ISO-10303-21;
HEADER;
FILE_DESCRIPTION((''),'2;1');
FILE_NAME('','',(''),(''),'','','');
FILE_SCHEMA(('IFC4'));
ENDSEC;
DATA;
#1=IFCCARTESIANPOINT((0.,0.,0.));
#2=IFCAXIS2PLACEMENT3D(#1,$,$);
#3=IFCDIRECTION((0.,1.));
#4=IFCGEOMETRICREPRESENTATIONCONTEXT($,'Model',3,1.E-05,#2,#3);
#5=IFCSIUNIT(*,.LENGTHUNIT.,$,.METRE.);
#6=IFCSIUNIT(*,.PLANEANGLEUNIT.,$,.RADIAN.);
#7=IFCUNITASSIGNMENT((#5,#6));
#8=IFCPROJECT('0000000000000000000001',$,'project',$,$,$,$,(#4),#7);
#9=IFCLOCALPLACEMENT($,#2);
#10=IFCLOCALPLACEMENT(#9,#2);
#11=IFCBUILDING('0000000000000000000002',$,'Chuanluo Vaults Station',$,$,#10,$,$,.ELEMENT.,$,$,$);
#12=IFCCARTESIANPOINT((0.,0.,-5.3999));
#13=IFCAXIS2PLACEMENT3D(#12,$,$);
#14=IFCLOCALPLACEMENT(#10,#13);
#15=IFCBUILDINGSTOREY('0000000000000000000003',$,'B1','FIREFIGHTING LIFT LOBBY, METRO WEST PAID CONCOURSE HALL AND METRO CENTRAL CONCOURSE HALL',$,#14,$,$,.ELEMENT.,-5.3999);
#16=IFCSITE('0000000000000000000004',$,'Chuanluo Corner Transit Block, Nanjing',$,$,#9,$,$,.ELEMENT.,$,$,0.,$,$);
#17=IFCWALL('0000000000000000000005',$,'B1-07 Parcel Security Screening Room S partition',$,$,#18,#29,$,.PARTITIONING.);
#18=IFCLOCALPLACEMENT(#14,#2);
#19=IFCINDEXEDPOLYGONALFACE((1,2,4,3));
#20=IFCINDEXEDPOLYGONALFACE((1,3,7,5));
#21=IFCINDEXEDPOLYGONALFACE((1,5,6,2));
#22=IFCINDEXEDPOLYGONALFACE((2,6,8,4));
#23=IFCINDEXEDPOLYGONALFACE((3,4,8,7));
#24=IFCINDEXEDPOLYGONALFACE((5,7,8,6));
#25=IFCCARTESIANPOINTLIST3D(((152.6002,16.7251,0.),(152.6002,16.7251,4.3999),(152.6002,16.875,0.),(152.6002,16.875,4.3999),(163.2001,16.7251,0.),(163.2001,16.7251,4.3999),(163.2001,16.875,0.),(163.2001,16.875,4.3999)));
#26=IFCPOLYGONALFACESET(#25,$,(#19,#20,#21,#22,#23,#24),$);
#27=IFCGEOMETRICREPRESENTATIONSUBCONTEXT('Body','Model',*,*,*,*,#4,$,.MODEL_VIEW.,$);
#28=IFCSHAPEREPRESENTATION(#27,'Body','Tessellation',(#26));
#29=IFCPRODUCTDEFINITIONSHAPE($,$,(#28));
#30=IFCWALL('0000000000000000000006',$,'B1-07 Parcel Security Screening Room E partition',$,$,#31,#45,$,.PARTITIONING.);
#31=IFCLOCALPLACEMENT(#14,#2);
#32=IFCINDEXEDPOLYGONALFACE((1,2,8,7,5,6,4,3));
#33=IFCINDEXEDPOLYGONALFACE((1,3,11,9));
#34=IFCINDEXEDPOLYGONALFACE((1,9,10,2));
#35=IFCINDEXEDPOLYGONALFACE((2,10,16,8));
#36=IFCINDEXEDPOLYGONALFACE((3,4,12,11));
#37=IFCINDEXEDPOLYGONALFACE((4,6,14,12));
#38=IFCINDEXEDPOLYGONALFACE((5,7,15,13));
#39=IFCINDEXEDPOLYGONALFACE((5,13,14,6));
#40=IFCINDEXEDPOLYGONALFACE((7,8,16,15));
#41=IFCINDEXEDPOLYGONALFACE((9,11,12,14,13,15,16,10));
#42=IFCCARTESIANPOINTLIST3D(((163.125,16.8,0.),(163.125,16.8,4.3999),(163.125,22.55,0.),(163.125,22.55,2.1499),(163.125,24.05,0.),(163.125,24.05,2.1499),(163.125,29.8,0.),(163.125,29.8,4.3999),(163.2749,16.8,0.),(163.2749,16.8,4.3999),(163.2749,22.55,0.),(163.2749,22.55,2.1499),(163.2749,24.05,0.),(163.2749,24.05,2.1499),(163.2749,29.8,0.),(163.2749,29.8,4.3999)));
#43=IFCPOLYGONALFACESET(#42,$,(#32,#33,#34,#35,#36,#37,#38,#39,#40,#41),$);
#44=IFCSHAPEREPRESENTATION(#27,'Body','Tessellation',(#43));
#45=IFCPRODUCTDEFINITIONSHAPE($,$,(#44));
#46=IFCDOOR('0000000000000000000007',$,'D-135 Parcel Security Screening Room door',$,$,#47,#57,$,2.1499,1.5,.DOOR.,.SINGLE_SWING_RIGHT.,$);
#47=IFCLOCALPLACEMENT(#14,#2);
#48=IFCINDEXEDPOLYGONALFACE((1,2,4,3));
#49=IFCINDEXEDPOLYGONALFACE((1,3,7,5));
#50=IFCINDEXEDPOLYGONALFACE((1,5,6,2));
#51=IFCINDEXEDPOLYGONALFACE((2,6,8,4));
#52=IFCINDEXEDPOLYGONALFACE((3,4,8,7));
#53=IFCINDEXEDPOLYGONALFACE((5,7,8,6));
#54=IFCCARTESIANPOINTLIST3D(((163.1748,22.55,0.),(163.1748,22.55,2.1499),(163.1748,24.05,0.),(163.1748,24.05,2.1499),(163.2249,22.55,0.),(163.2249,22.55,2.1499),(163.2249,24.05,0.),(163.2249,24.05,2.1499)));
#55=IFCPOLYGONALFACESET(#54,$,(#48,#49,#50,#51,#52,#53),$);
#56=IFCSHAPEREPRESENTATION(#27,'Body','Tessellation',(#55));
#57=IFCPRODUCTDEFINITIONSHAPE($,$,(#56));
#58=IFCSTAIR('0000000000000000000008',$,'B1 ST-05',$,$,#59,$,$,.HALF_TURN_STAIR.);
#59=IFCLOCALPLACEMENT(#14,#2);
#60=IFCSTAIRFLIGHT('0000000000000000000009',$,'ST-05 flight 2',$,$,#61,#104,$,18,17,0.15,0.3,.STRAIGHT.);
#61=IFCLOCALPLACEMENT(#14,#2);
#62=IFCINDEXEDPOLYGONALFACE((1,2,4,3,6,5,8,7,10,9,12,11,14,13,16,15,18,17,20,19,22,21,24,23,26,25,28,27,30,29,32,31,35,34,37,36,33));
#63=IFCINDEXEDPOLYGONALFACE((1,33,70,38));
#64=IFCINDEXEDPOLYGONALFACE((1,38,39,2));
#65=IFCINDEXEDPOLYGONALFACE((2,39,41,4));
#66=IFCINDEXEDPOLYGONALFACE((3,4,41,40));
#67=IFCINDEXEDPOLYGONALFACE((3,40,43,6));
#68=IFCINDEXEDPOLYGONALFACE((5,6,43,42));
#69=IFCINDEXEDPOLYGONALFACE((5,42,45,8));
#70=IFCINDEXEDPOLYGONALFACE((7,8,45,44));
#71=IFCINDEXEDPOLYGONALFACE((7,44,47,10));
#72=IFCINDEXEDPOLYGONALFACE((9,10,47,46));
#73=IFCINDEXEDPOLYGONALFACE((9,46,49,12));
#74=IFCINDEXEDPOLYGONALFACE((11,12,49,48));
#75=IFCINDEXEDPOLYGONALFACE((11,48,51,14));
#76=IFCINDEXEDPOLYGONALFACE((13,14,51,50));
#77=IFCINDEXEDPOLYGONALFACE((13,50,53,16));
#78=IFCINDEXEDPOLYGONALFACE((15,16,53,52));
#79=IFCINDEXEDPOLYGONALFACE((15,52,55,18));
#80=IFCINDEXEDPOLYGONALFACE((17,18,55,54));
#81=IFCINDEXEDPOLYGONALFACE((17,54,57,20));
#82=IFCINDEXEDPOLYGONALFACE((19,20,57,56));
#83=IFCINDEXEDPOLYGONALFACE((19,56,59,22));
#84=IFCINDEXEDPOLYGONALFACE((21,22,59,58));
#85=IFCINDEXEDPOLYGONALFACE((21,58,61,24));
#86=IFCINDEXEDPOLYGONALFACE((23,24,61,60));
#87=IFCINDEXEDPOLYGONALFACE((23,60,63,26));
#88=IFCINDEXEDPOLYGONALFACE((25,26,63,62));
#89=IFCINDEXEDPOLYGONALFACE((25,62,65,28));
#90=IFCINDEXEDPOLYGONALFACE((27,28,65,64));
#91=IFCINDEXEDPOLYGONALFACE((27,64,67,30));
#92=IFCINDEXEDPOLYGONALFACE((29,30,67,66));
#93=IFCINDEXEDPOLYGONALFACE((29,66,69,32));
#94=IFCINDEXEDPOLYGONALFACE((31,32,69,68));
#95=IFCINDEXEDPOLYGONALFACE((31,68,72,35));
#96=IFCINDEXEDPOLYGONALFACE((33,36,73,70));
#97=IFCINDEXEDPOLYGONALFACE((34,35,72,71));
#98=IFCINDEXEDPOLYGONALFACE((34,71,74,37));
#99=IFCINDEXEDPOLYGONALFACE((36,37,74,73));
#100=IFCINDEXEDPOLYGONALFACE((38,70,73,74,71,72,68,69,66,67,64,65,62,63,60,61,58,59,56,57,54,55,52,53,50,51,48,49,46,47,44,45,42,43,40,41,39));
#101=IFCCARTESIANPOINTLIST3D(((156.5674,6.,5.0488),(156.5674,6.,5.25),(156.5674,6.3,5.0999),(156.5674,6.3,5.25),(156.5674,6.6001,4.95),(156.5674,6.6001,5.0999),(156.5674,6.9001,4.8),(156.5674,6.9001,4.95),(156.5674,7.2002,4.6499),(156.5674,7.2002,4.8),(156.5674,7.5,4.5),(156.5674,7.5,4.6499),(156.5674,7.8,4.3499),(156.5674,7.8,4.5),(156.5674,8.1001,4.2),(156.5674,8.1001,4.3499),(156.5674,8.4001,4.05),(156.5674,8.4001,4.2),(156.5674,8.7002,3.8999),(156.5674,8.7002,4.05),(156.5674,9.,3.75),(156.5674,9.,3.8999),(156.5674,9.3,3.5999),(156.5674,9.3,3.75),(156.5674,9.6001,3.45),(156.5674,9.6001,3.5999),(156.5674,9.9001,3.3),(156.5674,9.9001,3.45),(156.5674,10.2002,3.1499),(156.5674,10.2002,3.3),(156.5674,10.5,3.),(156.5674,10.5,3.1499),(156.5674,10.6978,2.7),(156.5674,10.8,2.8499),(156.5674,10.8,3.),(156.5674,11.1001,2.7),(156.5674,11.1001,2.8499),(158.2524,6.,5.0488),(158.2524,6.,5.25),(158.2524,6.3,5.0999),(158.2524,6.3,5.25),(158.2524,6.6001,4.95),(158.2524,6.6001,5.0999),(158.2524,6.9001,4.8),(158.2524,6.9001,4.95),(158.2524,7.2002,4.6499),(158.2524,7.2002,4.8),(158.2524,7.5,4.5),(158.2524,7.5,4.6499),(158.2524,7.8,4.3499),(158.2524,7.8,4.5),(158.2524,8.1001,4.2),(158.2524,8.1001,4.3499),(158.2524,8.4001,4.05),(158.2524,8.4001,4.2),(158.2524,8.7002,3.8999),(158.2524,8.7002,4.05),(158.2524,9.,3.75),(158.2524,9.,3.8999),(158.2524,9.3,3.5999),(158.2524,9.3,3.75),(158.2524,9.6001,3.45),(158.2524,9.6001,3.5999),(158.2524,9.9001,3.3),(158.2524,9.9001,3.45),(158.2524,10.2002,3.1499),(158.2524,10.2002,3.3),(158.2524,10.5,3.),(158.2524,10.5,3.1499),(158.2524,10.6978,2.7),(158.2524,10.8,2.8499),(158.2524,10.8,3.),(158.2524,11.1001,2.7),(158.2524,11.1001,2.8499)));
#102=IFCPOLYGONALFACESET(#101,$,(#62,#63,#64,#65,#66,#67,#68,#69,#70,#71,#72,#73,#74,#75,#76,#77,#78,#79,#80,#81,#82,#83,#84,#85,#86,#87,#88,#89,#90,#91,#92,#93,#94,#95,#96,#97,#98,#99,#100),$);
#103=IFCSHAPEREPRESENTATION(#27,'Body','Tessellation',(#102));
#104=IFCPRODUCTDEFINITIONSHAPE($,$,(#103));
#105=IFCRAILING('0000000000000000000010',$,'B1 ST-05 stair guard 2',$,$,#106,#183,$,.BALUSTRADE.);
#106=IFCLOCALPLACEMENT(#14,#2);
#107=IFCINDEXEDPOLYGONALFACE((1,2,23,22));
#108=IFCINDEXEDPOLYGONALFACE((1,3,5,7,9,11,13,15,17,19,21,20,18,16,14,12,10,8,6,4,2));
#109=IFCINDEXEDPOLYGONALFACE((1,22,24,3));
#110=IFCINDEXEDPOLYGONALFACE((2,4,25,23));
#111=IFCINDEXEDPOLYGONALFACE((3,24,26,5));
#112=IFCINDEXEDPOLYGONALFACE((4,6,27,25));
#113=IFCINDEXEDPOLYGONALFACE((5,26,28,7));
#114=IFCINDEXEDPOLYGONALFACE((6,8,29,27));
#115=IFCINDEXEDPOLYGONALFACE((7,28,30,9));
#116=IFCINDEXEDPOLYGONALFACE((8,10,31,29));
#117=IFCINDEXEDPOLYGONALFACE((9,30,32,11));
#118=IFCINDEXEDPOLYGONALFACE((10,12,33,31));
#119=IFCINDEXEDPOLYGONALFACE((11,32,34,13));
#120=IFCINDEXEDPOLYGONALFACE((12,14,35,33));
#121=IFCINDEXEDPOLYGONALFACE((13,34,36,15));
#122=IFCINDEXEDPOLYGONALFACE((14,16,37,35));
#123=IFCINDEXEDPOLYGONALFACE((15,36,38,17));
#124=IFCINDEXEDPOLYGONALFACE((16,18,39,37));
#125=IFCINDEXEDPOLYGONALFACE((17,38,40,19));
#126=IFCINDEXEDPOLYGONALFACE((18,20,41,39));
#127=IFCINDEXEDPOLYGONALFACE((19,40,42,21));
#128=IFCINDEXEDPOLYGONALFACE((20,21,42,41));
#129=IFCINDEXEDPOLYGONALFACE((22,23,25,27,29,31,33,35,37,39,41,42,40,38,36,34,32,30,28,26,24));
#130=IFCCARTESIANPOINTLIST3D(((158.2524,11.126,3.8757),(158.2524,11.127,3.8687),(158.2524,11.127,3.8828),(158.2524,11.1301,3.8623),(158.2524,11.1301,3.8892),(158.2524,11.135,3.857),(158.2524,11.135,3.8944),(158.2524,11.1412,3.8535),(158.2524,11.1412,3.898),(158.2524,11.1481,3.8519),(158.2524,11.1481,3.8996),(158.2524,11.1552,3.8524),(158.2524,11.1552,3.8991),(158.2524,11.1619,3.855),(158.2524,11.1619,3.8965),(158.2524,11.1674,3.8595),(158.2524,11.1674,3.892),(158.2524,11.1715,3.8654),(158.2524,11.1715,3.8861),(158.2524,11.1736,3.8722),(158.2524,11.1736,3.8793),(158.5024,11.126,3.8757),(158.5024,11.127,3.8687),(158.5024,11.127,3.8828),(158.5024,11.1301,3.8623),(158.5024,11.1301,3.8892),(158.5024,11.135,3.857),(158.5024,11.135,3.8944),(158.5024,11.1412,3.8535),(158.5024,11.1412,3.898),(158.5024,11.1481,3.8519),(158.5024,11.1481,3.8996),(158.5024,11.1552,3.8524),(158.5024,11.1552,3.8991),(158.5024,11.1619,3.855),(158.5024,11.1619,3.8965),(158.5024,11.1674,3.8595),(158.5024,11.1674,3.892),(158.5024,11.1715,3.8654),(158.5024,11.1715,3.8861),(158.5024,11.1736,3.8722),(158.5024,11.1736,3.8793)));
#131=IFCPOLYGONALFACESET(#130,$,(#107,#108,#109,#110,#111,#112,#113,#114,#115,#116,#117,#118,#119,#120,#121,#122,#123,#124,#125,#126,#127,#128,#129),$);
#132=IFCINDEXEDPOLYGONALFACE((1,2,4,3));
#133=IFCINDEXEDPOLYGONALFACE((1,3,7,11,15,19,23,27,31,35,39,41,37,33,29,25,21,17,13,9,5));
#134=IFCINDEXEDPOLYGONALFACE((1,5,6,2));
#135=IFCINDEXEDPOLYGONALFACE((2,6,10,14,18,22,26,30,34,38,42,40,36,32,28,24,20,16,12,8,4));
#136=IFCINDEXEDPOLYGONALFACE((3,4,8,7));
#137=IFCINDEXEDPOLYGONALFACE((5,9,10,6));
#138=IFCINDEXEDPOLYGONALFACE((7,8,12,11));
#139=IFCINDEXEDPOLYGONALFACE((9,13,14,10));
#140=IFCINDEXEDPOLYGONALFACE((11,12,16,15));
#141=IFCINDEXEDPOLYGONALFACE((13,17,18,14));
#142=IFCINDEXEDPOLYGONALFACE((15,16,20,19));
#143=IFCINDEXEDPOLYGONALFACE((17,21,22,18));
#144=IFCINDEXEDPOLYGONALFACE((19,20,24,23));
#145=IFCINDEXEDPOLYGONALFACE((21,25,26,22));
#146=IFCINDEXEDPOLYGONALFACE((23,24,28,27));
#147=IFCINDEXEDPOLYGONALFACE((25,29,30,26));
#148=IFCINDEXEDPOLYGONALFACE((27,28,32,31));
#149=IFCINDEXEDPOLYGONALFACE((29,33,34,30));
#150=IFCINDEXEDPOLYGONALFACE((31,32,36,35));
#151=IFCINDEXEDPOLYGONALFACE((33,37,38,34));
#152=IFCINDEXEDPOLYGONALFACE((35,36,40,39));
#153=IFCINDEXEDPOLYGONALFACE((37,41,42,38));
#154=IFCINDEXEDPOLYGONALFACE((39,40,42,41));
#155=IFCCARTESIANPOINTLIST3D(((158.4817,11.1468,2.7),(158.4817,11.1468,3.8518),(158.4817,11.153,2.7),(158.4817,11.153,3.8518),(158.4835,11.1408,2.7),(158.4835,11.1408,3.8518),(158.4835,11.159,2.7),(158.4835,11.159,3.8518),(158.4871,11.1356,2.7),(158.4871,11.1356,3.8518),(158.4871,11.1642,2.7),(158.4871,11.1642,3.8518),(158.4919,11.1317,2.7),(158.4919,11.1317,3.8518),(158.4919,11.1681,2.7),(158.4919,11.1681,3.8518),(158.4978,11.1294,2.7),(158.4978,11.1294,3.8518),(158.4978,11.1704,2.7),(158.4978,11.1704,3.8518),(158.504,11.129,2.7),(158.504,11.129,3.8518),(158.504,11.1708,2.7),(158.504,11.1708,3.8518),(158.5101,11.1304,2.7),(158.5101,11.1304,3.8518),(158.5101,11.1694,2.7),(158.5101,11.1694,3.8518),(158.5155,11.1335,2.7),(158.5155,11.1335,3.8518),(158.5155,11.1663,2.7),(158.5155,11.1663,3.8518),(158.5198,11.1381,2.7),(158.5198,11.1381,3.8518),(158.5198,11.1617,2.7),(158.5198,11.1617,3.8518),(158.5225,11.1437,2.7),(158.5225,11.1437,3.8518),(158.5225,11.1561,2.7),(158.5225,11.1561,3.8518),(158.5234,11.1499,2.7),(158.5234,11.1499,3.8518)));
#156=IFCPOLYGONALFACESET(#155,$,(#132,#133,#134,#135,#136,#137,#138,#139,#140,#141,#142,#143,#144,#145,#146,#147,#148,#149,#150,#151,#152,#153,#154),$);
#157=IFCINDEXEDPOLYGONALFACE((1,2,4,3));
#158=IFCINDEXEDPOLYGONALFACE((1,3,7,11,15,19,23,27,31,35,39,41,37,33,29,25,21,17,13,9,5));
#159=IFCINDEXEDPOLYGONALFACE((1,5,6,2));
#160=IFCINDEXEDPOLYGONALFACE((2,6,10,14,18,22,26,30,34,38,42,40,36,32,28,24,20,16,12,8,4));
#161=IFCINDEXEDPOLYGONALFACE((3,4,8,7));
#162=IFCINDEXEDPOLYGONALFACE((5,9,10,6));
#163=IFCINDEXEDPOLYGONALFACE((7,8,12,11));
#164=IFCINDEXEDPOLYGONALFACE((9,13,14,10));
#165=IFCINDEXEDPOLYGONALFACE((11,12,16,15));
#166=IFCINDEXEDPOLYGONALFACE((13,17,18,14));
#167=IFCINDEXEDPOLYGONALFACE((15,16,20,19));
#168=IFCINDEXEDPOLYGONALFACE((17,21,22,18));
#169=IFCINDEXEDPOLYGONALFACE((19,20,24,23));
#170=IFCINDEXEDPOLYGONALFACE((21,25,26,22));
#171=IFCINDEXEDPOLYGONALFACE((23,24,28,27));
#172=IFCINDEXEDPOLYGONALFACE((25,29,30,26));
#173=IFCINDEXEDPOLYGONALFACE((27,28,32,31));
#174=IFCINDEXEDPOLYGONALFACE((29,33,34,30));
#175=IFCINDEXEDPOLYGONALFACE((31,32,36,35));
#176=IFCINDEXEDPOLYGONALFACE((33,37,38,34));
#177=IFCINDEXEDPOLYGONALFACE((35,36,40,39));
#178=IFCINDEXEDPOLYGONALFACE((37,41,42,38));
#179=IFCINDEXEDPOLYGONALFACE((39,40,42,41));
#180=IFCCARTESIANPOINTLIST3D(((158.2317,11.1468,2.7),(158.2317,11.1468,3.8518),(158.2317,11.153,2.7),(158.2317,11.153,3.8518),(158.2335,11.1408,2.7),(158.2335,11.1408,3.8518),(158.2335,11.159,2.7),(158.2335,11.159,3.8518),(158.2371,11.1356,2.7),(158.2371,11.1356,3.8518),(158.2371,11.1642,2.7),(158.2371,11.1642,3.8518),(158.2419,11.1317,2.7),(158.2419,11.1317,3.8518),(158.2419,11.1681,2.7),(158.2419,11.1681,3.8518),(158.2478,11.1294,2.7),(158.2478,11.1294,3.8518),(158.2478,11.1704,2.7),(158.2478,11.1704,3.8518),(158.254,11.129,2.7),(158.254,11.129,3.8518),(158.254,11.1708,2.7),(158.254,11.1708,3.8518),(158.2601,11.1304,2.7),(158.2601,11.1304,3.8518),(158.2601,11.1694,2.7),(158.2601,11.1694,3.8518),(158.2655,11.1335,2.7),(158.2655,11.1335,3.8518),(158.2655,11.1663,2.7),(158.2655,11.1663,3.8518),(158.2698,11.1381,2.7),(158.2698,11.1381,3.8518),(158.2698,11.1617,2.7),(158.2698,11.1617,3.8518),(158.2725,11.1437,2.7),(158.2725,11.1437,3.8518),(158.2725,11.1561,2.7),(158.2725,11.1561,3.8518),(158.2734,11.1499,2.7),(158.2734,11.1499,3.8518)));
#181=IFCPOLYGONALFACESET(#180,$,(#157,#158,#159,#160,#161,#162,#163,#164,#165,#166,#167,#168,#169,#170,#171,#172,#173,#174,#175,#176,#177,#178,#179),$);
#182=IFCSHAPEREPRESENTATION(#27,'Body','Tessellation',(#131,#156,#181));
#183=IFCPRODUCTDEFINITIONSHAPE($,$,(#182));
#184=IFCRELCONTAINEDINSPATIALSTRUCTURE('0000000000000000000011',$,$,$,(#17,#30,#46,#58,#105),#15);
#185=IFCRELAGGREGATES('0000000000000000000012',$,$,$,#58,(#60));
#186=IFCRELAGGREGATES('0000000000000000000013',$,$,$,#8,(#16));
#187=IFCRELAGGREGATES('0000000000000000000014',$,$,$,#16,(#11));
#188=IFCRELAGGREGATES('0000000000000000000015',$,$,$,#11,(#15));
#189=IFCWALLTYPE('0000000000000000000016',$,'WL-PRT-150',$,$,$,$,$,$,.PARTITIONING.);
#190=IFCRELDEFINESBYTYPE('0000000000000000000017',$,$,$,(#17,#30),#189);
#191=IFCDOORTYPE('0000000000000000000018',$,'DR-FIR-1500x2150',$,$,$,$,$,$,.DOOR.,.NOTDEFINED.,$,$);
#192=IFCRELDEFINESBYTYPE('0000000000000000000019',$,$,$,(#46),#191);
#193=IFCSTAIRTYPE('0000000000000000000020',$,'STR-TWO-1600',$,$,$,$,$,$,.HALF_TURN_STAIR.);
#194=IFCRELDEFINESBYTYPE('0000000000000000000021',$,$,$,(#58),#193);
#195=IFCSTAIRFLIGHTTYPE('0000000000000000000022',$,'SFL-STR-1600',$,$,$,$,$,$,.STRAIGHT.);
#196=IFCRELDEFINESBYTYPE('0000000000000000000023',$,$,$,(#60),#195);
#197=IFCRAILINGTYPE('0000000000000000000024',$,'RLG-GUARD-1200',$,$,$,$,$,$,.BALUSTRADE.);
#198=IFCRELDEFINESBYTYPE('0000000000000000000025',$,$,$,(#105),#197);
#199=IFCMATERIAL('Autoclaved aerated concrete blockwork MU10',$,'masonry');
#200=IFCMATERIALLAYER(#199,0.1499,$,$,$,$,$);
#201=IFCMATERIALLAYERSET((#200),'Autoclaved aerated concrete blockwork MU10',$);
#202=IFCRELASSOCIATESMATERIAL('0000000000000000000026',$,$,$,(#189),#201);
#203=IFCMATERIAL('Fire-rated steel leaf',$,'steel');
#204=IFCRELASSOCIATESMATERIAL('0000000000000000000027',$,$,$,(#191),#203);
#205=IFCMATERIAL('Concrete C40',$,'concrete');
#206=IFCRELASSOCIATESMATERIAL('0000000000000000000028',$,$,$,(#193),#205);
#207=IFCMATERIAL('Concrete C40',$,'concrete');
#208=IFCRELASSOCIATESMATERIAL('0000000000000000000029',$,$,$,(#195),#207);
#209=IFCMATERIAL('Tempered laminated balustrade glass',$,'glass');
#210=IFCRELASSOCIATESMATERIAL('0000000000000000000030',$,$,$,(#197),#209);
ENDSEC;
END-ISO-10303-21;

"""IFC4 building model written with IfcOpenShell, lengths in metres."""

from ifc_helpers import new_model, si_unit, direction, frame, frame_2d, origin, origin_2d, place, context, subcontext, project, spatial, polyline, rectangle, circle, outline, extrude, material, layer, layer_set, type_object, element, fill, aggregate, save


model = new_model("IFC4")

# Units and contexts
model_context = context("Model", 3, precision=1e-05, world=origin(), true_north=direction((0.0, 1.0)))
body_context = subcontext(model_context, "Body", "Model", "MODEL_VIEW")
ifc_project = project(units=[si_unit("LENGTHUNIT", "METRE"), si_unit("PLANEANGLEUNIT", "RADIAN")], contexts=[model_context])

# Site, building, storey
site_placement = place(None, origin())
site = spatial("IfcSite", under=ifc_project, at=site_placement, Name="Chuanluo Corner Transit Block, Nanjing", CompositionType="ELEMENT", RefElevation=0.0)
building_placement = place(site_placement, origin())
building = spatial("IfcBuilding", under=site, at=building_placement, Name="Chuanluo Vaults Station", CompositionType="ELEMENT")
storey_placement = place(building_placement, frame((0.0, 0.0, -5.3999)))
storey = spatial("IfcBuildingStorey", under=building, at=storey_placement, Name="B1", Description="FIREFIGHTING LIFT LOBBY, METRO WEST PAID CONCOURSE HALL AND METRO CENTRAL CONCOURSE HALL", CompositionType="ELEMENT", Elevation=-5.3999)

# Wall
ifc_material_1 = material(Name="Autoclaved aerated concrete blockwork MU10", Category="masonry")
ifc_layer_1 = layer(ifc_material_1, 0.1499)
ifc_layer_set_1 = layer_set([ifc_layer_1], Name="Autoclaved aerated concrete blockwork MU10")
wall_type_1 = type_object("IfcWallType", Name="WL-PRT-150", PredefinedType="PARTITIONING", material=ifc_layer_set_1)
wall_1_placement = place(storey_placement, frame((163.2, 16.8, 0.0), z_axis=(0.0, 0.0, 1.0), x_axis=(-1.0, 0.0, 0.0)))
element("IfcWall", 1, at=wall_1_placement, inside=storey, type_object=wall_type_1, Name="B1-07 Parcel Security Screening Room S partition", PredefinedType="PARTITIONING", context=body_context, shape_type="SweptSolid", body=[
    extrude(rectangle(XDim=10.5999, YDim=0.1499, at=frame_2d((5.2998, 0.0))), origin(), (0.0, 0.0, 1.0), 4.3999),
])

# Wall, opening, door
wall_2_placement = place(storey_placement, frame((163.2, 29.8, 0.0), z_axis=(0.0, 0.0, 1.0), x_axis=(0.0, -1.0, 0.0)))
wall_2 = element("IfcWall", 2, at=wall_2_placement, inside=storey, type_object=wall_type_1, Name="B1-07 Parcel Security Screening Room E partition", PredefinedType="PARTITIONING", context=body_context, shape_type="SweptSolid", body=[
    extrude(rectangle(XDim=13.0, YDim=0.1499, at=frame_2d((6.5, 0.0))), origin(), (0.0, 0.0, 1.0), 4.3999),
])
opening_1_placement = place(wall_2_placement, frame((5.75, 0.0, 0.0)))
opening_1 = element("IfcOpeningElement", 3, at=opening_1_placement, cuts=wall_2, PredefinedType="OPENING", context=body_context, shape_type="SweptSolid", body=[
    extrude(rectangle(XDim=1.5, YDim=2.1499, at=frame_2d((0.75, 1.075))), frame((0.0, 0.0849, 0.0), z_axis=(0.0, -1.0, 0.0), x_axis=(1.0, 0.0, 0.0)), (0.0, 0.0, 1.0), 0.1699),
])
ifc_material_2 = material(Name="Fire-rated steel leaf", Category="steel")
door_type_1 = type_object("IfcDoorType", Name="DR-FIR-1500x2150", OperationType="NOTDEFINED", PredefinedType="DOOR", material=ifc_material_2)
door_1_placement = place(opening_1_placement, origin())
door_1 = element("IfcDoor", 4, at=door_1_placement, inside=storey, type_object=door_type_1, Name="D-135 Parcel Security Screening Room door", OperationType="SINGLE_SWING_RIGHT", OverallHeight=2.1499, OverallWidth=1.5, PredefinedType="DOOR", context=body_context, shape_type="SweptSolid", body=[
    extrude(rectangle(XDim=1.5, YDim=2.1499, at=frame_2d((0.75, 1.075))), frame((0.0, 0.0249, 0.0), z_axis=(0.0, -1.0, 0.0), x_axis=(1.0, 0.0, 0.0)), (0.0, 0.0, 1.0), 0.05),
])
fill(opening_1, door_1)

# Stair, stair flight
ifc_material_3 = material(Name="Concrete C40", Category="concrete")
stair_type = type_object("IfcStairType", Name="STR-TWO-1600", PredefinedType="HALF_TURN_STAIR", material=ifc_material_3)
stair_placement = place(storey_placement, origin())
stair = element("IfcStair", 5, at=stair_placement, inside=storey, type_object=stair_type, Name="B1 ST-05", PredefinedType="HALF_TURN_STAIR")
ifc_material_4 = material(Name="Concrete C40", Category="concrete")
stair_flight_type = type_object("IfcStairFlightType", Name="SFL-STR-1600", PredefinedType="STRAIGHT", material=ifc_material_4)
stair_flight_placement = place(storey_placement, frame((157.4099, 11.1001, 2.7), z_axis=(0.0, 0.0, 1.0), x_axis=(0.0, -1.0, 0.0)))
stair_flight = element("IfcStairFlight", 6, at=stair_flight_placement, type_object=stair_flight_type, Name="ST-05 flight 2", NumberOfRisers=18, NumberOfTreads=17, PredefinedType="STRAIGHT", RiserHeight=0.15, TreadLength=0.3, context=body_context, shape_type="SweptSolid", body=[
    extrude(outline(polyline([(0.0, 0.0), (0.0, 0.1499), (0.3, 0.1499), (0.3, 0.3), (0.6001, 0.3), (0.6001, 0.45), (0.8999, 0.45), (0.8999, 0.6001), (1.2, 0.6001), (1.2, 0.75), (1.5, 0.75), (1.5, 0.8999), (1.8, 0.8999), (1.8, 1.05), (2.1001, 1.05), (2.1001, 1.2), (2.3999, 1.2), (2.3999, 1.3501), (2.7, 1.3501), (2.7, 1.5), (3.0, 1.5), (3.0, 1.6499), (3.3, 1.6499), (3.3, 1.8), (3.6001, 1.8), (3.6001, 1.95), (3.8999, 1.95), (3.8999, 2.1001), (4.2, 2.1001), (4.2, 2.25), (4.5, 2.25), (4.5, 2.3999), (4.8, 2.3999), (4.8, 2.55), (5.1001, 2.55), (5.1001, 2.7), (5.1001, 2.3489), (0.4023, 0.0), (0.0, 0.0)])), frame((0.0, 0.8425, 0.0), z_axis=(0.0, -1.0, 0.0), x_axis=(1.0, 0.0, 0.0)), (0.0, 0.0, 1.0), 1.6851),
])
aggregate(stair, [stair_flight])

# Railing
ifc_material_5 = material(Name="Tempered laminated balustrade glass", Category="glass")
railing_type_1 = type_object("IfcRailingType", Name="RLG-GUARD-1200", PredefinedType="BALUSTRADE", material=ifc_material_5)
railing_1_placement = place(storey_placement, frame((158.5024, 11.1499, 2.7)))
element("IfcRailing", 7, at=railing_1_placement, inside=storey, type_object=railing_type_1, Name="B1 ST-05 stair guard 2", PredefinedType="BALUSTRADE", context=body_context, shape_type="SweptSolid", body=[
    extrude(circle(Radius=0.0239, at=origin_2d()), frame((0.0, 0.0, 1.1758), z_axis=(-1.0, 0.0, 0.0), x_axis=(0.0, -1.0, 0.0)), (0.0, 0.0, 1.0), 0.25),
    extrude(circle(Radius=0.021, at=origin_2d()), origin(), (0.0, 0.0, 1.0), 1.1519),
    extrude(circle(Radius=0.021, at=origin_2d()), frame((-0.25, 0.0, 0.0)), (0.0, 0.0, 1.0), 1.1519),
])

save(model, "model.ifc")
